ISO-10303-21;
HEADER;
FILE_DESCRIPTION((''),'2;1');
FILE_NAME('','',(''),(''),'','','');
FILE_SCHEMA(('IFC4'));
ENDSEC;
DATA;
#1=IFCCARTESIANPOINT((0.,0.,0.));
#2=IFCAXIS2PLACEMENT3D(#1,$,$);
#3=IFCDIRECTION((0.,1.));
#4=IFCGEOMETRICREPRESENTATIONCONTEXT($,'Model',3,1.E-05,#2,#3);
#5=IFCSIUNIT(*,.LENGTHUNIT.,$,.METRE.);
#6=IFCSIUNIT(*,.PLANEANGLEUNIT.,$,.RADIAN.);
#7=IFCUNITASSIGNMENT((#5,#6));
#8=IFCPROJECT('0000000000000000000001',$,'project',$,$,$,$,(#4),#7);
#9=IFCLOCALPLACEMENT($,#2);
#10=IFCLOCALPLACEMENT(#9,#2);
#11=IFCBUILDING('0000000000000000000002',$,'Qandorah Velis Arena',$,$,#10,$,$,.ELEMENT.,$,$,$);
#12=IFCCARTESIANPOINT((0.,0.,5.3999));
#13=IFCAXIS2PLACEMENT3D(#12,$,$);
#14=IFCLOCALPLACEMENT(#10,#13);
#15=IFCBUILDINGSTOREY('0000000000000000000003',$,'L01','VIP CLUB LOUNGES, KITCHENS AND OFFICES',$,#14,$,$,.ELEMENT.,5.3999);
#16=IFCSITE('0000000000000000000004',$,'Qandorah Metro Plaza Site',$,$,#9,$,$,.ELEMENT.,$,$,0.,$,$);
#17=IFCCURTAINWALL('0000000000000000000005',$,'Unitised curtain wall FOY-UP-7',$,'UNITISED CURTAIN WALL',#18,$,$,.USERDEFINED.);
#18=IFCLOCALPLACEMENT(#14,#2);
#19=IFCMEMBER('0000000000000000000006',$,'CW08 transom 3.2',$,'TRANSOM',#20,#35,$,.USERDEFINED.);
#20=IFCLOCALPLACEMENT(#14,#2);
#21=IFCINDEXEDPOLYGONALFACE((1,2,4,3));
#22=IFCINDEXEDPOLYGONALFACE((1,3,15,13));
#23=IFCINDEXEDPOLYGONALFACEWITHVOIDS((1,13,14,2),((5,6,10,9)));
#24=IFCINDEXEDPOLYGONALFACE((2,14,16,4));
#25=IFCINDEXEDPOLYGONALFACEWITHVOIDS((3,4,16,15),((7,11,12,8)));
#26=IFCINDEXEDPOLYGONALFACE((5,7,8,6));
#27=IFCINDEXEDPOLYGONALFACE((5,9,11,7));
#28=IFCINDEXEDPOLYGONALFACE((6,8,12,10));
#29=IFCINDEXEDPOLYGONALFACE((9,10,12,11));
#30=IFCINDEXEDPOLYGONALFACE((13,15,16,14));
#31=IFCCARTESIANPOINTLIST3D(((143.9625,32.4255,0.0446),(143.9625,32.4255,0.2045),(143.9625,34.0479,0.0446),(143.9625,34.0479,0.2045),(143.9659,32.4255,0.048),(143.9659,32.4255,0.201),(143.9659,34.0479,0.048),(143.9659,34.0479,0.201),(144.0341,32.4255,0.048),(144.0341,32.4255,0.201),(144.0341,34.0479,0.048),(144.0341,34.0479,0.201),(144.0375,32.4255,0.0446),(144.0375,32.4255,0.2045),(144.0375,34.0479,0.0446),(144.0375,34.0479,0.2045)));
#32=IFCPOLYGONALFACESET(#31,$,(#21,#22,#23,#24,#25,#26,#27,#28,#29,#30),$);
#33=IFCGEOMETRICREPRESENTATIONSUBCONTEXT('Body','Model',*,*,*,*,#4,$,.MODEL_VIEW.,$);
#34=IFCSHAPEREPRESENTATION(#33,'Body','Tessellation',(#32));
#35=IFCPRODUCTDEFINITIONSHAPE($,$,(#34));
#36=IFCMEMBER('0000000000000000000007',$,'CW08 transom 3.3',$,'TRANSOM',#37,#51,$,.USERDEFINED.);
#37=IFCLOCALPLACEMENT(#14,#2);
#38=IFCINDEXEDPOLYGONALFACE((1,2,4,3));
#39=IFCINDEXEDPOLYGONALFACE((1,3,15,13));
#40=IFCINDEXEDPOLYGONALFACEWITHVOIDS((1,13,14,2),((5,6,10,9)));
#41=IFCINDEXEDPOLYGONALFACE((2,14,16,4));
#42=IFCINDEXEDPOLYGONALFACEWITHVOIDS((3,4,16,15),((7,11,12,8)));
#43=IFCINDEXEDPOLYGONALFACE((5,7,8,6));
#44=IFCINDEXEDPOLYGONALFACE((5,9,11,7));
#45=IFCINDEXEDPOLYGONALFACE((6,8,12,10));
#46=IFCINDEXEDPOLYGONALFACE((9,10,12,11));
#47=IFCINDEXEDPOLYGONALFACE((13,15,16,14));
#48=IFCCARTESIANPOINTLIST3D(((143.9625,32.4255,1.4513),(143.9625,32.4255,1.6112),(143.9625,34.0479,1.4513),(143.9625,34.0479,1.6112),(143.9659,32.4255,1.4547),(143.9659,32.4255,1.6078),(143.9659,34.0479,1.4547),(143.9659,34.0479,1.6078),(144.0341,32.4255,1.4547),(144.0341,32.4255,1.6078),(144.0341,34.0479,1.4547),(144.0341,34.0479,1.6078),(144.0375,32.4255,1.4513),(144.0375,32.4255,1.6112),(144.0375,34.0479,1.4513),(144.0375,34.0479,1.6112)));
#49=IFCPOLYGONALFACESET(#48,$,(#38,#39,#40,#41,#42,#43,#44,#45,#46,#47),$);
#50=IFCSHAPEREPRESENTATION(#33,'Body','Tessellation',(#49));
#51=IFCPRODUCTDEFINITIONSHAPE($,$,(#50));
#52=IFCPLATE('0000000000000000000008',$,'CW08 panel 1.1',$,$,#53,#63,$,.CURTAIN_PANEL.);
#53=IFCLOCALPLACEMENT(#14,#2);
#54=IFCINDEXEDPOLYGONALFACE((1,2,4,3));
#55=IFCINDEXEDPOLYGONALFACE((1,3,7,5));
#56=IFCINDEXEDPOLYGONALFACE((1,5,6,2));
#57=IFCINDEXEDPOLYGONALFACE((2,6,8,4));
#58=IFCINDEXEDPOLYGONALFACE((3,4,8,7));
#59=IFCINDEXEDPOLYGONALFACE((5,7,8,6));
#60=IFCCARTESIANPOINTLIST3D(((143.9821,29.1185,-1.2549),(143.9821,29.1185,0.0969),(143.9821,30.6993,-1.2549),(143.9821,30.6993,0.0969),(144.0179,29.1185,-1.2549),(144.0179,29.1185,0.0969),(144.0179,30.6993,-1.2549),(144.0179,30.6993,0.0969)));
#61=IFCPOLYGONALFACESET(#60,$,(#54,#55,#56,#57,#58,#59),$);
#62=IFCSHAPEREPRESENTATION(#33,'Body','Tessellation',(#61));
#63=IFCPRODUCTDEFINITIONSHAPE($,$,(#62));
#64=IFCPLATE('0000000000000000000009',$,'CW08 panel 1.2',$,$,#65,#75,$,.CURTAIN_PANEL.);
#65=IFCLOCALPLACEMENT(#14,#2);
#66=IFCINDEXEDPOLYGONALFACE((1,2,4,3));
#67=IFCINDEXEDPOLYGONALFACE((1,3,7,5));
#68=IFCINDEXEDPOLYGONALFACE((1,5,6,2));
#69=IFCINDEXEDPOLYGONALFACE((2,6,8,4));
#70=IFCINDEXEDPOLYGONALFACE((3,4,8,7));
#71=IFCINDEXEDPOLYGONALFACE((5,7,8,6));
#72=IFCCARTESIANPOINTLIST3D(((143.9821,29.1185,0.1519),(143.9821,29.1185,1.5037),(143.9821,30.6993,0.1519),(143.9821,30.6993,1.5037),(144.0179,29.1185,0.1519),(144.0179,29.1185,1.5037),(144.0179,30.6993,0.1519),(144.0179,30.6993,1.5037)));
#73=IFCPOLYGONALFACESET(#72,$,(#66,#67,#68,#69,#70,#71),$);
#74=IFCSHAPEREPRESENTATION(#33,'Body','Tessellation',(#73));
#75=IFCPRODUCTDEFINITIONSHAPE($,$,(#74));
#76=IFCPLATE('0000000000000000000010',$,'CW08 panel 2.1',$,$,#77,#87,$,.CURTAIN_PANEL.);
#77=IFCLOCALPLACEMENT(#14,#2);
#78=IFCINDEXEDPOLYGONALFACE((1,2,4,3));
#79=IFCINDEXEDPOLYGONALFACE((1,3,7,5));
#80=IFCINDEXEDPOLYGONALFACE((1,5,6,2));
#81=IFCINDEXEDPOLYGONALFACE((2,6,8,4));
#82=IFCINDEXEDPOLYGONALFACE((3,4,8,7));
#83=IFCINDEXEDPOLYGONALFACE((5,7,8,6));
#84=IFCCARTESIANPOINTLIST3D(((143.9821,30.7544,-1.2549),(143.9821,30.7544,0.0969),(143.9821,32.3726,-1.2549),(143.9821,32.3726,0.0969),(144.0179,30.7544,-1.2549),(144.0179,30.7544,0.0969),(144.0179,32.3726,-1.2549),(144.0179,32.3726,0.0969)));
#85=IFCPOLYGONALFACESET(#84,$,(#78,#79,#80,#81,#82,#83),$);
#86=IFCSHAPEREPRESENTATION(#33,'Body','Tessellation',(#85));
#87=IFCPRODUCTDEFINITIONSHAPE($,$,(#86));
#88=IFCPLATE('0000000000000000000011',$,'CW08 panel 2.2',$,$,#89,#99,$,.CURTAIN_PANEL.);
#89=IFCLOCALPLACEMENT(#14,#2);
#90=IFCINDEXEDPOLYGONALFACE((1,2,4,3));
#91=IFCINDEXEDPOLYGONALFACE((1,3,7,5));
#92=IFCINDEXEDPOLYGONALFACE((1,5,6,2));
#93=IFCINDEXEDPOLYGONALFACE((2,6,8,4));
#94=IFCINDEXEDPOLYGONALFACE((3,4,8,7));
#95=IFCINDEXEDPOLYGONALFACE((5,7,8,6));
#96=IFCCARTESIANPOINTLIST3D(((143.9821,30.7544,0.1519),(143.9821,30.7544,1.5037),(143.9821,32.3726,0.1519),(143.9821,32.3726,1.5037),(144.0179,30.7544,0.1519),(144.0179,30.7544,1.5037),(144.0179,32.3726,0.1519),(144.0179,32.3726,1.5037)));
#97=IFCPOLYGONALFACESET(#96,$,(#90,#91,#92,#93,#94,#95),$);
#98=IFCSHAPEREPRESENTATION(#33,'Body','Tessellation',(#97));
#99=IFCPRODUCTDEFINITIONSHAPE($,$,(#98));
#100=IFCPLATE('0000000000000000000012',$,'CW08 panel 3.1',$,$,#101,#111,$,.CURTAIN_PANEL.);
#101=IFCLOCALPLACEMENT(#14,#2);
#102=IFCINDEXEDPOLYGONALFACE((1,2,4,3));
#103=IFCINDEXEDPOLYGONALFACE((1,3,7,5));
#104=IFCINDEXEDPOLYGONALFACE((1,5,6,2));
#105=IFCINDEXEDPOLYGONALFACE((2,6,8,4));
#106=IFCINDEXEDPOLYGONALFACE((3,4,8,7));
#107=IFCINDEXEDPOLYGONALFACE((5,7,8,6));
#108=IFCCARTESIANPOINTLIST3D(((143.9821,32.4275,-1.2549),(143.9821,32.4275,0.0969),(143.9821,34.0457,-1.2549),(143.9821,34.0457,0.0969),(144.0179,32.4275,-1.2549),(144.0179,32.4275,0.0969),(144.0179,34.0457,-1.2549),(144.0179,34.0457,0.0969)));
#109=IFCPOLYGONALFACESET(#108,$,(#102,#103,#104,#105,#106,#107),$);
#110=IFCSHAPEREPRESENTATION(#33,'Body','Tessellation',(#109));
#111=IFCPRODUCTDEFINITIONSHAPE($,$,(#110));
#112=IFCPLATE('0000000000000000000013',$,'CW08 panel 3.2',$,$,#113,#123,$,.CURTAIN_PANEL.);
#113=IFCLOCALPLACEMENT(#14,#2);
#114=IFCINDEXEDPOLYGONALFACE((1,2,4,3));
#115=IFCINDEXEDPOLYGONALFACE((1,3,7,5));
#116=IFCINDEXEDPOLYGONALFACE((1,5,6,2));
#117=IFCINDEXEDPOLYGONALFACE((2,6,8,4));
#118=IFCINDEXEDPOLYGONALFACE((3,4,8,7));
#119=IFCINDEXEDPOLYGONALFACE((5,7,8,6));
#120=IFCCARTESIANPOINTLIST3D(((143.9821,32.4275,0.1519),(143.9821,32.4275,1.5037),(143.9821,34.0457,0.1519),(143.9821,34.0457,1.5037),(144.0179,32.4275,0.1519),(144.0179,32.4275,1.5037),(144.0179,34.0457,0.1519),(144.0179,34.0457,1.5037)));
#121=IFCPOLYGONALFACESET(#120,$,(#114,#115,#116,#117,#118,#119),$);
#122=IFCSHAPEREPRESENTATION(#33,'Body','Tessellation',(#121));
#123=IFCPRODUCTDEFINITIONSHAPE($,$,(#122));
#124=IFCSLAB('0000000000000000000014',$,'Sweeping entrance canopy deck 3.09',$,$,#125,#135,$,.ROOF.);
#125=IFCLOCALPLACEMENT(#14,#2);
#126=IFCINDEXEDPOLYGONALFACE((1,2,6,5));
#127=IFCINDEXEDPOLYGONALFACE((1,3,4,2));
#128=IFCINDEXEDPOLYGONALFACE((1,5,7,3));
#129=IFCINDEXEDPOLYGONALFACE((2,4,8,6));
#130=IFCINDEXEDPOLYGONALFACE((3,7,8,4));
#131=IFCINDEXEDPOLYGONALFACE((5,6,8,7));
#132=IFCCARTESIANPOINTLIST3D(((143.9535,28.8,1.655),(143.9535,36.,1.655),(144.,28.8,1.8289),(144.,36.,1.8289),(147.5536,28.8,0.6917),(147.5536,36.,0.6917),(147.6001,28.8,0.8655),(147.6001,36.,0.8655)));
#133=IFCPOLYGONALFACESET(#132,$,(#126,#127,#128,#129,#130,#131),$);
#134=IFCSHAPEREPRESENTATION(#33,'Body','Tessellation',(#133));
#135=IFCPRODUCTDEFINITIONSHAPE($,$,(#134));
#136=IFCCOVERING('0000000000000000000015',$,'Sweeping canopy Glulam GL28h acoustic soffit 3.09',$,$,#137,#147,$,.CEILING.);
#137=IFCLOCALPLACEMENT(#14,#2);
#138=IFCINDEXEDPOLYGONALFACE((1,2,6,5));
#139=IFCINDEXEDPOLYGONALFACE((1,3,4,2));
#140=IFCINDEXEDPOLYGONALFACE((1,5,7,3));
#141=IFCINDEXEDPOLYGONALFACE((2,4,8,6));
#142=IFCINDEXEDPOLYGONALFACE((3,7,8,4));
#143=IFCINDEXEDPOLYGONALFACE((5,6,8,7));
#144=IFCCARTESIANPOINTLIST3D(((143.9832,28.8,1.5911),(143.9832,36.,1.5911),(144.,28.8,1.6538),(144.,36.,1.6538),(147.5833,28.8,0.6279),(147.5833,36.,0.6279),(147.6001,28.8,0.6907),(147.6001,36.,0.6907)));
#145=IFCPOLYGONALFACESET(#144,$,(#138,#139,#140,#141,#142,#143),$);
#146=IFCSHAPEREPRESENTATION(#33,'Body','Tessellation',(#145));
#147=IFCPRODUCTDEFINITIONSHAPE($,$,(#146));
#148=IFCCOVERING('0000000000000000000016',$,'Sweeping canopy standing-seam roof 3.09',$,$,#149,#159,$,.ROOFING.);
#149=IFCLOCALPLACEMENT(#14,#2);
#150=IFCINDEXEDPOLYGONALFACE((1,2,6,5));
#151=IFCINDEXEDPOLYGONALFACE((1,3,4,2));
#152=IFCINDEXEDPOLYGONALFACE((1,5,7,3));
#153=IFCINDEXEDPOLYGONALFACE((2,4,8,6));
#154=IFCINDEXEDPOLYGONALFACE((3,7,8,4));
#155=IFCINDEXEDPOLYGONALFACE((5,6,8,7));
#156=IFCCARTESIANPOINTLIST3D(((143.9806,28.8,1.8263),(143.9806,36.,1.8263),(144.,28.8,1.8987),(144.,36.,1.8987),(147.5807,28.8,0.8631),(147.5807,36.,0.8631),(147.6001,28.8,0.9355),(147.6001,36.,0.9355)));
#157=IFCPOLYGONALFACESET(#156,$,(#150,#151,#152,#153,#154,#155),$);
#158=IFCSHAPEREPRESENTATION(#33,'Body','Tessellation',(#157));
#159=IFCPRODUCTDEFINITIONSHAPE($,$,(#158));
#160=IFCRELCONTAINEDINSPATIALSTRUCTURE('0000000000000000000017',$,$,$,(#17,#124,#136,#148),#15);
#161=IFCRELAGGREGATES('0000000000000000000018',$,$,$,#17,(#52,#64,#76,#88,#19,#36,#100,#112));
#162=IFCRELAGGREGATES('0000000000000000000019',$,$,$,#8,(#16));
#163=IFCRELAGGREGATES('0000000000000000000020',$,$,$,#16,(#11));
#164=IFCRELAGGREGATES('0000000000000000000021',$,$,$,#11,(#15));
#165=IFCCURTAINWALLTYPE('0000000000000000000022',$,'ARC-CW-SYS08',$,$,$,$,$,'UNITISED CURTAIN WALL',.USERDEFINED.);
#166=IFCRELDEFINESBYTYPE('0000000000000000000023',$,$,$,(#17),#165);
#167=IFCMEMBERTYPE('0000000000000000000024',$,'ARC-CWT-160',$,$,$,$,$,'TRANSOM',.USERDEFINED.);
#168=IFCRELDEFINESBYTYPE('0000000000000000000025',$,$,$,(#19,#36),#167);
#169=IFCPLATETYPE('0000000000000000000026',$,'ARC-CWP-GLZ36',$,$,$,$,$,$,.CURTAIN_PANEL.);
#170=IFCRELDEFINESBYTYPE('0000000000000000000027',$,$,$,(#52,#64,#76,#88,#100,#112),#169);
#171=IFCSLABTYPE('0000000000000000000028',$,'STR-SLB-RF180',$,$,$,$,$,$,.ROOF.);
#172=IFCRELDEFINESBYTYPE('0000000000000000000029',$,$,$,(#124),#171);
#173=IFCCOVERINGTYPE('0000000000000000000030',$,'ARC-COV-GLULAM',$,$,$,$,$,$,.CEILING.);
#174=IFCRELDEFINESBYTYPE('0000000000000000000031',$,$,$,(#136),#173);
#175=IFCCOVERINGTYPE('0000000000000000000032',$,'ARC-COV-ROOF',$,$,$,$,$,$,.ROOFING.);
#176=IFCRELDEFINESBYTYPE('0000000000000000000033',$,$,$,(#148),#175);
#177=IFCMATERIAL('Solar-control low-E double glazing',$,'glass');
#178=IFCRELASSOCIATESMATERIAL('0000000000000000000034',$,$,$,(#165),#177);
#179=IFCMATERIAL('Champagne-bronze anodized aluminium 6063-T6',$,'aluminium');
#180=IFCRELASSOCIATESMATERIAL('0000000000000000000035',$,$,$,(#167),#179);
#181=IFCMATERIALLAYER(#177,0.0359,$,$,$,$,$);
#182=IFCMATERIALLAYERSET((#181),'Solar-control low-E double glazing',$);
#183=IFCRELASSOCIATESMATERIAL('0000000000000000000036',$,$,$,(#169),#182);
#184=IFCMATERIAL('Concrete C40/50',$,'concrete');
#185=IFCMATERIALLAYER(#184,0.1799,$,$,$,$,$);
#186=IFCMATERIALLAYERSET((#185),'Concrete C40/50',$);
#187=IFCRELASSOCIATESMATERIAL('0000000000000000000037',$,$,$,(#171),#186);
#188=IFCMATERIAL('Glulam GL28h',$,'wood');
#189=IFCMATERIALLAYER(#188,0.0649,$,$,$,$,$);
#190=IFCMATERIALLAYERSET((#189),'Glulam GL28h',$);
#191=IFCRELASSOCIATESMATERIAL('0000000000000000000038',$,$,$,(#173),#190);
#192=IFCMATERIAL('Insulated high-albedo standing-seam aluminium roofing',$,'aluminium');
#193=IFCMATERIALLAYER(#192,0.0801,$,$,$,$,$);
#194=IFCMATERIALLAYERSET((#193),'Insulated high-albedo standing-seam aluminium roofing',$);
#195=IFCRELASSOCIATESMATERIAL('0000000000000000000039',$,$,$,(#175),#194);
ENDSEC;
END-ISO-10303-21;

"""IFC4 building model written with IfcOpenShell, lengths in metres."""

from ifc_helpers import new_model, si_unit, direction, frame, origin, origin_2d, place, context, subcontext, project, spatial, polyline, rectangle, hollow_rectangle, outline, extrude, material, layer, layer_set, material_profile, profile_set, type_object, element, aggregate, save


model = new_model("IFC4")

# Units and contexts
model_context = context("Model", 3, precision=1e-05, world=origin(), true_north=direction((0.0, 1.0)))
body_context = subcontext(model_context, "Body", "Model", "MODEL_VIEW")
ifc_project = project(units=[si_unit("LENGTHUNIT", "METRE"), si_unit("PLANEANGLEUNIT", "RADIAN")], contexts=[model_context])

# Site, building, storey
site_placement = place(None, origin())
site = spatial("IfcSite", under=ifc_project, at=site_placement, Name="Qandorah Metro Plaza Site", CompositionType="ELEMENT", RefElevation=0.0)
building_placement = place(site_placement, origin())
building = spatial("IfcBuilding", under=site, at=building_placement, Name="Qandorah Velis Arena", CompositionType="ELEMENT")
storey_placement = place(building_placement, frame((0.0, 0.0, 5.3999)))
storey = spatial("IfcBuildingStorey", under=building, at=storey_placement, Name="L01", Description="VIP CLUB LOUNGES, KITCHENS AND OFFICES", CompositionType="ELEMENT", Elevation=5.3999)

# Curtain wall, members, plates
ifc_material_1 = material(Name="Solar-control low-E double glazing", Category="glass")
curtain_wall_type = type_object("IfcCurtainWallType", Name="ARC-CW-SYS08", ElementType="UNITISED CURTAIN WALL", PredefinedType="USERDEFINED", material=ifc_material_1)
curtain_wall_placement = place(storey_placement, origin())
curtain_wall = element("IfcCurtainWall", 1, at=curtain_wall_placement, inside=storey, type_object=curtain_wall_type, Name="Unitised curtain wall FOY-UP-7", ObjectType="UNITISED CURTAIN WALL", PredefinedType="USERDEFINED")
ifc_material_2 = material(Name="Champagne-bronze anodized aluminium 6063-T6", Category="aluminium")
ifc_material_profile_1 = material_profile(ifc_material_2, hollow_rectangle(XDim=0.075, YDim=0.1599, WallThickness=0.0034, at=origin_2d()), Name="ALU TRANSOM 75x160")
ifc_profile_set_1 = profile_set([ifc_material_profile_1], Name="Champagne-bronze anodized aluminium 6063-T6")
member_type_1 = type_object("IfcMemberType", Name="ARC-CWT-160", ElementType="TRANSOM", PredefinedType="USERDEFINED", material=ifc_profile_set_1)
member_1_placement = place(storey_placement, frame((144.0, 32.4255, 0.1245), z_axis=(0.0, 1.0, 0.0), x_axis=(-1.0, 0.0, 0.0)))
member_1 = element("IfcMember", 2, at=member_1_placement, type_object=member_type_1, Name="CW08 transom 3.2", ObjectType="TRANSOM", PredefinedType="USERDEFINED", context=body_context, shape_type="SweptSolid", body=[
    extrude(hollow_rectangle(XDim=0.075, YDim=0.1599, WallThickness=0.0034, at=origin_2d()), origin(), (0.0, 0.0, 1.0), 1.6223),
])
member_2_placement = place(storey_placement, frame((144.0, 32.4255, 1.5312), z_axis=(0.0, 1.0, 0.0), x_axis=(-1.0, 0.0, 0.0)))
member_2 = element("IfcMember", 3, at=member_2_placement, type_object=member_type_1, Name="CW08 transom 3.3", ObjectType="TRANSOM", PredefinedType="USERDEFINED", context=body_context, shape_type="SweptSolid", body=[
    extrude(hollow_rectangle(XDim=0.075, YDim=0.1599, WallThickness=0.0034, at=origin_2d()), origin(), (0.0, 0.0, 1.0), 1.6223),
])
ifc_layer_1 = layer(ifc_material_1, 0.0359)
ifc_layer_set_1 = layer_set([ifc_layer_1], Name="Solar-control low-E double glazing")
plate_type = type_object("IfcPlateType", Name="ARC-CWP-GLZ36", PredefinedType="CURTAIN_PANEL", material=ifc_layer_set_1)
plate_1_placement = place(storey_placement, frame((144.0, 29.9089, -1.2549), z_axis=(0.0, 0.0, 1.0), x_axis=(0.0, 1.0, 0.0)))
plate_1 = element("IfcPlate", 4, at=plate_1_placement, type_object=plate_type, Name="CW08 panel 1.1", PredefinedType="CURTAIN_PANEL", context=body_context, shape_type="SweptSolid", body=[
    extrude(rectangle(XDim=1.5808, YDim=0.0359, at=origin_2d()), origin(), (0.0, 0.0, 1.0), 1.3518),
])
plate_2_placement = place(storey_placement, frame((144.0, 29.9089, 0.1519), z_axis=(0.0, 0.0, 1.0), x_axis=(0.0, 1.0, 0.0)))
plate_2 = element("IfcPlate", 5, at=plate_2_placement, type_object=plate_type, Name="CW08 panel 1.2", PredefinedType="CURTAIN_PANEL", context=body_context, shape_type="SweptSolid", body=[
    extrude(rectangle(XDim=1.5808, YDim=0.0359, at=origin_2d()), origin(), (0.0, 0.0, 1.0), 1.3518),
])
plate_3_placement = place(storey_placement, frame((144.0, 31.5635, -1.2549), z_axis=(0.0, 0.0, 1.0), x_axis=(0.0, 1.0, 0.0)))
plate_3 = element("IfcPlate", 6, at=plate_3_placement, type_object=plate_type, Name="CW08 panel 2.1", PredefinedType="CURTAIN_PANEL", context=body_context, shape_type="SweptSolid", body=[
    extrude(rectangle(XDim=1.6182, YDim=0.0359, at=origin_2d()), origin(), (0.0, 0.0, 1.0), 1.3518),
])
plate_4_placement = place(storey_placement, frame((144.0, 31.5635, 0.1519), z_axis=(0.0, 0.0, 1.0), x_axis=(0.0, 1.0, 0.0)))
plate_4 = element("IfcPlate", 7, at=plate_4_placement, type_object=plate_type, Name="CW08 panel 2.2", PredefinedType="CURTAIN_PANEL", context=body_context, shape_type="SweptSolid", body=[
    extrude(rectangle(XDim=1.6182, YDim=0.0359, at=origin_2d()), origin(), (0.0, 0.0, 1.0), 1.3518),
])
plate_5_placement = place(storey_placement, frame((144.0, 33.2366, -1.2549), z_axis=(0.0, 0.0, 1.0), x_axis=(0.0, 1.0, 0.0)))
plate_5 = element("IfcPlate", 8, at=plate_5_placement, type_object=plate_type, Name="CW08 panel 3.1", PredefinedType="CURTAIN_PANEL", context=body_context, shape_type="SweptSolid", body=[
    extrude(rectangle(XDim=1.6182, YDim=0.0359, at=origin_2d()), origin(), (0.0, 0.0, 1.0), 1.3518),
])
plate_6_placement = place(storey_placement, frame((144.0, 33.2366, 0.1519), z_axis=(0.0, 0.0, 1.0), x_axis=(0.0, 1.0, 0.0)))
plate_6 = element("IfcPlate", 9, at=plate_6_placement, type_object=plate_type, Name="CW08 panel 3.2", PredefinedType="CURTAIN_PANEL", context=body_context, shape_type="SweptSolid", body=[
    extrude(rectangle(XDim=1.6182, YDim=0.0359, at=origin_2d()), origin(), (0.0, 0.0, 1.0), 1.3518),
])
aggregate(curtain_wall, [plate_1, plate_2, plate_3, plate_4, member_1, member_2, plate_5, plate_6])

# Slab
ifc_material_3 = material(Name="Concrete C40/50", Category="concrete")
ifc_layer_2 = layer(ifc_material_3, 0.1799)
ifc_layer_set_2 = layer_set([ifc_layer_2], Name="Concrete C40/50")
slab_type = type_object("IfcSlabType", Name="STR-SLB-RF180", PredefinedType="ROOF", material=ifc_layer_set_2)
slab_placement = place(storey_placement, frame((144.0, 28.8, 1.8289), z_axis=(0.258502, 0.0, 0.966011), x_axis=(0.966011, 0.0, -0.258502)))
element("IfcSlab", 10, at=slab_placement, inside=storey, type_object=slab_type, Name="Sweeping entrance canopy deck 3.09", PredefinedType="ROOF", context=body_context, shape_type="SweptSolid", body=[
    extrude(outline(polyline([(0.0, 0.0), (3.7268, 0.0), (3.7268, 7.2), (0.0, 7.2), (0.0, 0.0)])), origin(), (0.0, 0.0, -1.0), 0.1799),
])

# Coverings
ifc_material_4 = material(Name="Glulam GL28h", Category="wood")
ifc_layer_3 = layer(ifc_material_4, 0.0649)
ifc_layer_set_3 = layer_set([ifc_layer_3], Name="Glulam GL28h")
covering_type_1 = type_object("IfcCoveringType", Name="ARC-COV-GLULAM", PredefinedType="CEILING", material=ifc_layer_set_3)
covering_1_placement = place(storey_placement, frame((144.0, 28.8, 1.6538), z_axis=(0.258441, 0.0, 0.966027), x_axis=(0.966027, 0.0, -0.258441)))
element("IfcCovering", 11, at=covering_1_placement, inside=storey, type_object=covering_type_1, Name="Sweeping canopy Glulam GL28h acoustic soffit 3.09", PredefinedType="CEILING", context=body_context, shape_type="SweptSolid", body=[
    extrude(outline(polyline([(0.0, 0.0), (3.7267, 0.0), (3.7267, 7.2), (0.0, 7.2), (0.0, 0.0)])), origin(), (0.0, 0.0, -1.0), 0.0649),
])
ifc_material_5 = material(Name="Insulated high-albedo standing-seam aluminium roofing", Category="aluminium")
ifc_layer_4 = layer(ifc_material_5, 0.0801)
ifc_layer_set_4 = layer_set([ifc_layer_4], Name="Insulated high-albedo standing-seam aluminium roofing")
covering_type_2 = type_object("IfcCoveringType", Name="ARC-COV-ROOF", PredefinedType="ROOFING", material=ifc_layer_set_4)
covering_2_placement = place(storey_placement, frame((144.0, 28.8, 1.8987), z_axis=(0.258441, 0.0, 0.966027), x_axis=(0.966027, 0.0, -0.258441)))
element("IfcCovering", 12, at=covering_2_placement, inside=storey, type_object=covering_type_2, Name="Sweeping canopy standing-seam roof 3.09", PredefinedType="ROOFING", context=body_context, shape_type="SweptSolid", body=[
    extrude(outline(polyline([(0.0, 0.0), (3.7267, 0.0), (3.7267, 7.2), (0.0, 7.2), (0.0, 0.0)])), origin(), (0.0, 0.0, -1.0), 0.075),
])

save(model, "model.ifc")
